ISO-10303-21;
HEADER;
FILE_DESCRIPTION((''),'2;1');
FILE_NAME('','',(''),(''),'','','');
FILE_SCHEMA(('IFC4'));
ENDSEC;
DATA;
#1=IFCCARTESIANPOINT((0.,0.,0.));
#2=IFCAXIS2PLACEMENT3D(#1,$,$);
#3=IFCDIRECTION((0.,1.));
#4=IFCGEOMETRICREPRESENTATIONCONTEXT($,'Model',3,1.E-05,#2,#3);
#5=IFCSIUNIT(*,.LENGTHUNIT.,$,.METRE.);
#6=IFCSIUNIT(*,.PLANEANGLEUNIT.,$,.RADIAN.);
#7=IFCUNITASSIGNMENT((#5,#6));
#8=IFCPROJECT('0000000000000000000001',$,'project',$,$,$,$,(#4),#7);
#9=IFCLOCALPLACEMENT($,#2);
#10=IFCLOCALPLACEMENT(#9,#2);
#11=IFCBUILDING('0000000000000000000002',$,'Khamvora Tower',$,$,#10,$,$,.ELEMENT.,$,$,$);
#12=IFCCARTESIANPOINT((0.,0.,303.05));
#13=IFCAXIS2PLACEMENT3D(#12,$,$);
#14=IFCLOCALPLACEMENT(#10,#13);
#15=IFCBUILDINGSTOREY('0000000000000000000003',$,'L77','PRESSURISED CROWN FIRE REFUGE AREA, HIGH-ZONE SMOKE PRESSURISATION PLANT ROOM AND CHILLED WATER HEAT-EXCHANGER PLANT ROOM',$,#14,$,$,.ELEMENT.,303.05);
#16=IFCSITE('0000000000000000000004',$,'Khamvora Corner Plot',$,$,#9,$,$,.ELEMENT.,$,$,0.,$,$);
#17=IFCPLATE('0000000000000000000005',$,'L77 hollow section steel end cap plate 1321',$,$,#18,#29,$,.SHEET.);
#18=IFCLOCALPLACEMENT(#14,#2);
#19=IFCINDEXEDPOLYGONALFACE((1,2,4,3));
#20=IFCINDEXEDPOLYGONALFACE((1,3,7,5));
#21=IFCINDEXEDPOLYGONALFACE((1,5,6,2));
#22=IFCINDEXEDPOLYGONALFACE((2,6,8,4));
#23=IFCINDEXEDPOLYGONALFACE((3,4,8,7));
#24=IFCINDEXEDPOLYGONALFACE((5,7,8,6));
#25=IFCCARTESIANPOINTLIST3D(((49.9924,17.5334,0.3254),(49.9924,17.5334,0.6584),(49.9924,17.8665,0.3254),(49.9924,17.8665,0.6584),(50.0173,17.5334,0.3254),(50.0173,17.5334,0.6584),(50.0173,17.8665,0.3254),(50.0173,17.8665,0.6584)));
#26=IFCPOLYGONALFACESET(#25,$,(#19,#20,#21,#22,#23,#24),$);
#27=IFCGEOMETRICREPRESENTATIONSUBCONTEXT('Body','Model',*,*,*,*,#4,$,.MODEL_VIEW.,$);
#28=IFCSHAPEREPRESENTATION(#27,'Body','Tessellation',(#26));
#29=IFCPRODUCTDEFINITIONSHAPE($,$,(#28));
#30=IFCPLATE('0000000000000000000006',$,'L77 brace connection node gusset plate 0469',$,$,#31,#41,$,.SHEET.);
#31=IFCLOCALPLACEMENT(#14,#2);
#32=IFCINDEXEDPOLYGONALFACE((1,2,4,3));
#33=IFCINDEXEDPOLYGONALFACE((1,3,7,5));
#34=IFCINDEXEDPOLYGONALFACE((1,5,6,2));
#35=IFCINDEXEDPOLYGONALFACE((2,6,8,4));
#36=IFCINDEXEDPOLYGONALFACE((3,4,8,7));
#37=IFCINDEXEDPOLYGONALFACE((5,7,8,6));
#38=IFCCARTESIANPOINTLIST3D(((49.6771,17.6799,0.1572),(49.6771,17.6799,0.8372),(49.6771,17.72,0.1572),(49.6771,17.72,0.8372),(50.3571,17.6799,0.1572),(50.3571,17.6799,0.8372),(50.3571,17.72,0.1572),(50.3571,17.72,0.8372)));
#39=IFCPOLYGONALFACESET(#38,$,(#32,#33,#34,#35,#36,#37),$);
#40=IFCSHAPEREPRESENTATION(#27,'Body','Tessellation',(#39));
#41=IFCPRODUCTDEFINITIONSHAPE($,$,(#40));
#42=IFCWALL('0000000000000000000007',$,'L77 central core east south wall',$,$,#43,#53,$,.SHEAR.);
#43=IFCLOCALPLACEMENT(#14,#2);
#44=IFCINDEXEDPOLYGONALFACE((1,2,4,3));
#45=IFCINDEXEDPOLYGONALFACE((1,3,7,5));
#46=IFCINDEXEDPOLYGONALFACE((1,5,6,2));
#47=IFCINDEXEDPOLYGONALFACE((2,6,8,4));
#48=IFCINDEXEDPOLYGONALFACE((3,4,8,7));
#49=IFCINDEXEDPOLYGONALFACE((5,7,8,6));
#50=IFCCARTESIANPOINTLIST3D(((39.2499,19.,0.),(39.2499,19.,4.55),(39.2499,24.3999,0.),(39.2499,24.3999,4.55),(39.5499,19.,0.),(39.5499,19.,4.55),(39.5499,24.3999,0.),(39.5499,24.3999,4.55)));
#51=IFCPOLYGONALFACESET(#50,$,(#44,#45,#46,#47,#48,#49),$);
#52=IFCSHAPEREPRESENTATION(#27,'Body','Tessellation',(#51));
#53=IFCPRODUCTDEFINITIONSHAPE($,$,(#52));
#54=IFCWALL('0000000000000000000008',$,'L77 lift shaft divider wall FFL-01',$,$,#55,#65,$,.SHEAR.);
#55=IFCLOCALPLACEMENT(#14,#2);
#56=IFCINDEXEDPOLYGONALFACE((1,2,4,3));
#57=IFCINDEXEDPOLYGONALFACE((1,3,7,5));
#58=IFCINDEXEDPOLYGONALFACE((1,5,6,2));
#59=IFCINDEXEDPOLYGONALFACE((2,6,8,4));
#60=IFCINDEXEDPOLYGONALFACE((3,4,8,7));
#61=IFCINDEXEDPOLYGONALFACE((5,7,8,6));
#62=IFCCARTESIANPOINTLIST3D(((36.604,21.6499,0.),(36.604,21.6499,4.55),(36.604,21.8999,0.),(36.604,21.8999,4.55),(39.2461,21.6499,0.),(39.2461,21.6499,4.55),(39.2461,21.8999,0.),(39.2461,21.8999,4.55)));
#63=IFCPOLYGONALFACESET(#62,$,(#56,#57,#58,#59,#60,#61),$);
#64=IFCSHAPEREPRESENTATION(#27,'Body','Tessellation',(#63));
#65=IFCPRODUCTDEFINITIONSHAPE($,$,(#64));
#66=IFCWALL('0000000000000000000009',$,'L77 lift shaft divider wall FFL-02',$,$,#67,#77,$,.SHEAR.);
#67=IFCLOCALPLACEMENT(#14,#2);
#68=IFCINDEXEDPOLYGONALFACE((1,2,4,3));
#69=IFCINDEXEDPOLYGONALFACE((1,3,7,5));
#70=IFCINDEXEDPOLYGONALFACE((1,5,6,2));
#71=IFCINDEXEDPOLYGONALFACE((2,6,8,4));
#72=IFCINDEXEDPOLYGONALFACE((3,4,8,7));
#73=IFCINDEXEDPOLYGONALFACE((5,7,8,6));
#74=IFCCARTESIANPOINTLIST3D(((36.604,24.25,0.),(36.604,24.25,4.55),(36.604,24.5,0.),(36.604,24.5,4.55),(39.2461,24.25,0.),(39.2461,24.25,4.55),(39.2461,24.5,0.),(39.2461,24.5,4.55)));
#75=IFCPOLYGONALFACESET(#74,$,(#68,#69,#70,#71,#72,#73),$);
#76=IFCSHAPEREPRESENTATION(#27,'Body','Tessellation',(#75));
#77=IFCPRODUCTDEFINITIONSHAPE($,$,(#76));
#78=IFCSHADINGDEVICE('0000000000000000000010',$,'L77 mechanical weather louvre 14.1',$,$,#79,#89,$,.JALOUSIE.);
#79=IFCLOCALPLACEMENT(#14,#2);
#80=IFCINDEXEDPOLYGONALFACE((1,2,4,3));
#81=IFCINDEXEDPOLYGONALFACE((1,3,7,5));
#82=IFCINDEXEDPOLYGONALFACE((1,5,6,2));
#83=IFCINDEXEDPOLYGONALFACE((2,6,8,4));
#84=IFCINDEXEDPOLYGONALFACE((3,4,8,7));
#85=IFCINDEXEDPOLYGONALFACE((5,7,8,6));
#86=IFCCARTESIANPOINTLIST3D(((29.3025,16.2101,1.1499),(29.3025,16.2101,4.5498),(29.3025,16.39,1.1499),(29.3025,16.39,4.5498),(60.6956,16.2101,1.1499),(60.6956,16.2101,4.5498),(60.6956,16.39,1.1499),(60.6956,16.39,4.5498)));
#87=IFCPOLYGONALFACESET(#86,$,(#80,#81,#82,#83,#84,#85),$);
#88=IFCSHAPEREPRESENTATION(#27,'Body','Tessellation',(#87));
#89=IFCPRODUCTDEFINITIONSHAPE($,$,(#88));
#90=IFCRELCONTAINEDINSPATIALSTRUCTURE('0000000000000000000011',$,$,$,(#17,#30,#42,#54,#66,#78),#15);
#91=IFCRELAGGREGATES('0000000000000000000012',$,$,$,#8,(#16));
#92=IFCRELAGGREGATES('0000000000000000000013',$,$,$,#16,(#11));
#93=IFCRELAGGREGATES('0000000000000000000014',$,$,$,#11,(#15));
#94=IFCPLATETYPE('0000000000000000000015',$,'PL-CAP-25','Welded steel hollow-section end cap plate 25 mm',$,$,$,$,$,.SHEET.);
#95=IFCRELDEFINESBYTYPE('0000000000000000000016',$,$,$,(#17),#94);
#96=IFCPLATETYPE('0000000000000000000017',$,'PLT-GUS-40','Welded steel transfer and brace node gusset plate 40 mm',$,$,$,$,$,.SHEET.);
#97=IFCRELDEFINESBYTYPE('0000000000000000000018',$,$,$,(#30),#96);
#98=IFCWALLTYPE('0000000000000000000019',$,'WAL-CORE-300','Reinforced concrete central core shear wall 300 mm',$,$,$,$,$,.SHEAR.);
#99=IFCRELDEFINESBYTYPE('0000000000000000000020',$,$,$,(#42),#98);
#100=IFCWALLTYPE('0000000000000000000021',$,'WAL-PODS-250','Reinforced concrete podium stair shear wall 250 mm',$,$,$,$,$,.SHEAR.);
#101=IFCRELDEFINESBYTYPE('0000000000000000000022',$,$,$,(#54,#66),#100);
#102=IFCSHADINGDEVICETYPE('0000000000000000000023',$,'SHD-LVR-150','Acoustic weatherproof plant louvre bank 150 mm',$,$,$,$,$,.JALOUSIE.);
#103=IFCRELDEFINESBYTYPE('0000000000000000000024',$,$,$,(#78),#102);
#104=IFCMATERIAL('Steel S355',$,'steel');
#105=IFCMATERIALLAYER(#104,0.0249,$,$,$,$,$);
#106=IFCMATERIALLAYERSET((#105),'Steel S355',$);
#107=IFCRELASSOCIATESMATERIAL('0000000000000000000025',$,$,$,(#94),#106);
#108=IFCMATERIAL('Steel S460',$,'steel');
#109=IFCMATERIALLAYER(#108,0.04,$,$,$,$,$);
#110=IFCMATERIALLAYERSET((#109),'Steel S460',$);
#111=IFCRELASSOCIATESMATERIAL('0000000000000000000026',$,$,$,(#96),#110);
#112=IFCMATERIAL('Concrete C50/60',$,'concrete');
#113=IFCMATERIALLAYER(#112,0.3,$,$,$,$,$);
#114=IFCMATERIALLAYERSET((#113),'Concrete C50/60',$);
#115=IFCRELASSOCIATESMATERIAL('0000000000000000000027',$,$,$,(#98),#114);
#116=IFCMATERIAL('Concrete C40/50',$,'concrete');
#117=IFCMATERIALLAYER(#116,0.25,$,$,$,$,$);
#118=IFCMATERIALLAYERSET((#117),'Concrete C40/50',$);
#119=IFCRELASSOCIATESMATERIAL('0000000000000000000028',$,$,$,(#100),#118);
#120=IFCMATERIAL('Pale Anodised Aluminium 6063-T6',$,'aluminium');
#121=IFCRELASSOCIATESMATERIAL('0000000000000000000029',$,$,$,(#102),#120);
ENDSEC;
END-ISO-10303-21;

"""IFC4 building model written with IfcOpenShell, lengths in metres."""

from ifc_helpers import new_model, si_unit, direction, frame, frame_2d, origin, origin_2d, place, context, subcontext, project, spatial, rectangle, extrude, material, layer, layer_set, type_object, element, save


model = new_model("IFC4")

# Units and contexts
model_context = context("Model", 3, precision=1e-05, world=origin(), true_north=direction((0.0, 1.0)))
body_context = subcontext(model_context, "Body", "Model", "MODEL_VIEW")
ifc_project = project(units=[si_unit("LENGTHUNIT", "METRE"), si_unit("PLANEANGLEUNIT", "RADIAN")], contexts=[model_context])

# Site, building, storey
site_placement = place(None, origin())
site = spatial("IfcSite", under=ifc_project, at=site_placement, Name="Khamvora Corner Plot", CompositionType="ELEMENT", RefElevation=0.0)
building_placement = place(site_placement, origin())
building = spatial("IfcBuilding", under=site, at=building_placement, Name="Khamvora Tower", CompositionType="ELEMENT")
storey_placement = place(building_placement, frame((0.0, 0.0, 303.05)))
storey = spatial("IfcBuildingStorey", under=building, at=storey_placement, Name="L77", Description="PRESSURISED CROWN FIRE REFUGE AREA, HIGH-ZONE SMOKE PRESSURISATION PLANT ROOM AND CHILLED WATER HEAT-EXCHANGER PLANT ROOM", CompositionType="ELEMENT", Elevation=303.05)

# Shared definitions
ifc_material_1 = material(Name="Steel S355", Category="steel")

# Plates
ifc_layer_1 = layer(ifc_material_1, 0.0249)
ifc_layer_set_1 = layer_set([ifc_layer_1], Name="Steel S355")
plate_type_1 = type_object("IfcPlateType", Name="PL-CAP-25", Description="Welded steel hollow-section end cap plate 25 mm", PredefinedType="SHEET", material=ifc_layer_set_1)
plate_1_placement = place(storey_placement, frame((50.0049, 17.7, 0.3254), z_axis=(0.0, 0.0, 1.0), x_axis=(1.0, 0.0, 0.0)))
element("IfcPlate", 1, at=plate_1_placement, inside=storey, type_object=plate_type_1, Name="L77 hollow section steel end cap plate 1321", PredefinedType="SHEET", context=body_context, shape_type="SweptSolid", body=[
    extrude(rectangle(XDim=0.0249, YDim=0.333, at=origin_2d()), origin(), (0.0, 0.0, 1.0), 0.333),
])
ifc_material_2 = material(Name="Steel S460", Category="steel")
ifc_layer_2 = layer(ifc_material_2, 0.04)
ifc_layer_set_2 = layer_set([ifc_layer_2], Name="Steel S460")
plate_type_2 = type_object("IfcPlateType", Name="PLT-GUS-40", Description="Welded steel transfer and brace node gusset plate 40 mm", PredefinedType="SHEET", material=ifc_layer_set_2)
plate_2_placement = place(storey_placement, frame((50.0171, 17.7, 0.1572), z_axis=(0.0, 0.0, 1.0), x_axis=(1.0, 0.0, 0.0)))
element("IfcPlate", 2, at=plate_2_placement, inside=storey, type_object=plate_type_2, Name="L77 brace connection node gusset plate 0469", PredefinedType="SHEET", context=body_context, shape_type="SweptSolid", body=[
    extrude(rectangle(XDim=0.6799, YDim=0.04, at=origin_2d()), origin(), (0.0, 0.0, 1.0), 0.6799),
])

# Wall
ifc_material_3 = material(Name="Concrete C50/60", Category="concrete")
ifc_layer_3 = layer(ifc_material_3, 0.3)
ifc_layer_set_3 = layer_set([ifc_layer_3], Name="Concrete C50/60")
wall_type_1 = type_object("IfcWallType", Name="WAL-CORE-300", Description="Reinforced concrete central core shear wall 300 mm", PredefinedType="SHEAR", material=ifc_layer_set_3)
wall_1_placement = place(storey_placement, frame((39.3999, 19.0, 0.0), z_axis=(0.0, 0.0, 1.0), x_axis=(0.0, 1.0, 0.0)))
element("IfcWall", 3, at=wall_1_placement, inside=storey, type_object=wall_type_1, Name="L77 central core east south wall", PredefinedType="SHEAR", context=body_context, shape_type="SweptSolid", body=[
    extrude(rectangle(XDim=5.3999, YDim=0.3, at=frame_2d((2.7, 0.0))), origin(), (0.0, 0.0, 1.0), 4.55),
])

# Walls
ifc_material_4 = material(Name="Concrete C40/50", Category="concrete")
ifc_layer_4 = layer(ifc_material_4, 0.25)
ifc_layer_set_4 = layer_set([ifc_layer_4], Name="Concrete C40/50")
wall_type_2 = type_object("IfcWallType", Name="WAL-PODS-250", Description="Reinforced concrete podium stair shear wall 250 mm", PredefinedType="SHEAR", material=ifc_layer_set_4)
for number, where, z_axis, x_axis, name in (
    (4, (36.604, 21.7749, 0.0), (0.0, 0.0, 1.0), (1.0, 0.0, 0.0), "L77 lift shaft divider wall FFL-01"),
    (5, (36.604, 24.375, 0.0), (0.0, 0.0, 1.0), (1.0, 0.0, 0.0), "L77 lift shaft divider wall FFL-02"),
):
    element("IfcWall", number, at=place(storey_placement, frame(where, z_axis=z_axis, x_axis=x_axis)), inside=storey, type_object=wall_type_2, Name=name, PredefinedType="SHEAR", context=body_context, shape_type="SweptSolid", body=[
        extrude(rectangle(XDim=2.6421, YDim=0.25, at=frame_2d((1.321, 0.0))), origin(), (0.0, 0.0, 1.0), 4.55),
    ])

# Shading device
ifc_material_5 = material(Name="Pale Anodised Aluminium 6063-T6", Category="aluminium")
shading_device_type = type_object("IfcShadingDeviceType", Name="SHD-LVR-150", Description="Acoustic weatherproof plant louvre bank 150 mm", PredefinedType="JALOUSIE", material=ifc_material_5)
shading_device_placement = place(storey_placement, frame((44.999, 16.3, 1.1499), z_axis=(0.0, 0.0, 1.0), x_axis=(-1.0, 0.0, 0.0)))
element("IfcShadingDevice", 6, at=shading_device_placement, inside=storey, type_object=shading_device_type, Name="L77 mechanical weather louvre 14.1", PredefinedType="JALOUSIE", context=body_context, shape_type="SweptSolid", body=[
    extrude(rectangle(XDim=31.3931, YDim=0.1799, at=origin_2d()), origin(), (0.0, 0.0, 1.0), 3.3999),
])

save(model, "model.ifc")
